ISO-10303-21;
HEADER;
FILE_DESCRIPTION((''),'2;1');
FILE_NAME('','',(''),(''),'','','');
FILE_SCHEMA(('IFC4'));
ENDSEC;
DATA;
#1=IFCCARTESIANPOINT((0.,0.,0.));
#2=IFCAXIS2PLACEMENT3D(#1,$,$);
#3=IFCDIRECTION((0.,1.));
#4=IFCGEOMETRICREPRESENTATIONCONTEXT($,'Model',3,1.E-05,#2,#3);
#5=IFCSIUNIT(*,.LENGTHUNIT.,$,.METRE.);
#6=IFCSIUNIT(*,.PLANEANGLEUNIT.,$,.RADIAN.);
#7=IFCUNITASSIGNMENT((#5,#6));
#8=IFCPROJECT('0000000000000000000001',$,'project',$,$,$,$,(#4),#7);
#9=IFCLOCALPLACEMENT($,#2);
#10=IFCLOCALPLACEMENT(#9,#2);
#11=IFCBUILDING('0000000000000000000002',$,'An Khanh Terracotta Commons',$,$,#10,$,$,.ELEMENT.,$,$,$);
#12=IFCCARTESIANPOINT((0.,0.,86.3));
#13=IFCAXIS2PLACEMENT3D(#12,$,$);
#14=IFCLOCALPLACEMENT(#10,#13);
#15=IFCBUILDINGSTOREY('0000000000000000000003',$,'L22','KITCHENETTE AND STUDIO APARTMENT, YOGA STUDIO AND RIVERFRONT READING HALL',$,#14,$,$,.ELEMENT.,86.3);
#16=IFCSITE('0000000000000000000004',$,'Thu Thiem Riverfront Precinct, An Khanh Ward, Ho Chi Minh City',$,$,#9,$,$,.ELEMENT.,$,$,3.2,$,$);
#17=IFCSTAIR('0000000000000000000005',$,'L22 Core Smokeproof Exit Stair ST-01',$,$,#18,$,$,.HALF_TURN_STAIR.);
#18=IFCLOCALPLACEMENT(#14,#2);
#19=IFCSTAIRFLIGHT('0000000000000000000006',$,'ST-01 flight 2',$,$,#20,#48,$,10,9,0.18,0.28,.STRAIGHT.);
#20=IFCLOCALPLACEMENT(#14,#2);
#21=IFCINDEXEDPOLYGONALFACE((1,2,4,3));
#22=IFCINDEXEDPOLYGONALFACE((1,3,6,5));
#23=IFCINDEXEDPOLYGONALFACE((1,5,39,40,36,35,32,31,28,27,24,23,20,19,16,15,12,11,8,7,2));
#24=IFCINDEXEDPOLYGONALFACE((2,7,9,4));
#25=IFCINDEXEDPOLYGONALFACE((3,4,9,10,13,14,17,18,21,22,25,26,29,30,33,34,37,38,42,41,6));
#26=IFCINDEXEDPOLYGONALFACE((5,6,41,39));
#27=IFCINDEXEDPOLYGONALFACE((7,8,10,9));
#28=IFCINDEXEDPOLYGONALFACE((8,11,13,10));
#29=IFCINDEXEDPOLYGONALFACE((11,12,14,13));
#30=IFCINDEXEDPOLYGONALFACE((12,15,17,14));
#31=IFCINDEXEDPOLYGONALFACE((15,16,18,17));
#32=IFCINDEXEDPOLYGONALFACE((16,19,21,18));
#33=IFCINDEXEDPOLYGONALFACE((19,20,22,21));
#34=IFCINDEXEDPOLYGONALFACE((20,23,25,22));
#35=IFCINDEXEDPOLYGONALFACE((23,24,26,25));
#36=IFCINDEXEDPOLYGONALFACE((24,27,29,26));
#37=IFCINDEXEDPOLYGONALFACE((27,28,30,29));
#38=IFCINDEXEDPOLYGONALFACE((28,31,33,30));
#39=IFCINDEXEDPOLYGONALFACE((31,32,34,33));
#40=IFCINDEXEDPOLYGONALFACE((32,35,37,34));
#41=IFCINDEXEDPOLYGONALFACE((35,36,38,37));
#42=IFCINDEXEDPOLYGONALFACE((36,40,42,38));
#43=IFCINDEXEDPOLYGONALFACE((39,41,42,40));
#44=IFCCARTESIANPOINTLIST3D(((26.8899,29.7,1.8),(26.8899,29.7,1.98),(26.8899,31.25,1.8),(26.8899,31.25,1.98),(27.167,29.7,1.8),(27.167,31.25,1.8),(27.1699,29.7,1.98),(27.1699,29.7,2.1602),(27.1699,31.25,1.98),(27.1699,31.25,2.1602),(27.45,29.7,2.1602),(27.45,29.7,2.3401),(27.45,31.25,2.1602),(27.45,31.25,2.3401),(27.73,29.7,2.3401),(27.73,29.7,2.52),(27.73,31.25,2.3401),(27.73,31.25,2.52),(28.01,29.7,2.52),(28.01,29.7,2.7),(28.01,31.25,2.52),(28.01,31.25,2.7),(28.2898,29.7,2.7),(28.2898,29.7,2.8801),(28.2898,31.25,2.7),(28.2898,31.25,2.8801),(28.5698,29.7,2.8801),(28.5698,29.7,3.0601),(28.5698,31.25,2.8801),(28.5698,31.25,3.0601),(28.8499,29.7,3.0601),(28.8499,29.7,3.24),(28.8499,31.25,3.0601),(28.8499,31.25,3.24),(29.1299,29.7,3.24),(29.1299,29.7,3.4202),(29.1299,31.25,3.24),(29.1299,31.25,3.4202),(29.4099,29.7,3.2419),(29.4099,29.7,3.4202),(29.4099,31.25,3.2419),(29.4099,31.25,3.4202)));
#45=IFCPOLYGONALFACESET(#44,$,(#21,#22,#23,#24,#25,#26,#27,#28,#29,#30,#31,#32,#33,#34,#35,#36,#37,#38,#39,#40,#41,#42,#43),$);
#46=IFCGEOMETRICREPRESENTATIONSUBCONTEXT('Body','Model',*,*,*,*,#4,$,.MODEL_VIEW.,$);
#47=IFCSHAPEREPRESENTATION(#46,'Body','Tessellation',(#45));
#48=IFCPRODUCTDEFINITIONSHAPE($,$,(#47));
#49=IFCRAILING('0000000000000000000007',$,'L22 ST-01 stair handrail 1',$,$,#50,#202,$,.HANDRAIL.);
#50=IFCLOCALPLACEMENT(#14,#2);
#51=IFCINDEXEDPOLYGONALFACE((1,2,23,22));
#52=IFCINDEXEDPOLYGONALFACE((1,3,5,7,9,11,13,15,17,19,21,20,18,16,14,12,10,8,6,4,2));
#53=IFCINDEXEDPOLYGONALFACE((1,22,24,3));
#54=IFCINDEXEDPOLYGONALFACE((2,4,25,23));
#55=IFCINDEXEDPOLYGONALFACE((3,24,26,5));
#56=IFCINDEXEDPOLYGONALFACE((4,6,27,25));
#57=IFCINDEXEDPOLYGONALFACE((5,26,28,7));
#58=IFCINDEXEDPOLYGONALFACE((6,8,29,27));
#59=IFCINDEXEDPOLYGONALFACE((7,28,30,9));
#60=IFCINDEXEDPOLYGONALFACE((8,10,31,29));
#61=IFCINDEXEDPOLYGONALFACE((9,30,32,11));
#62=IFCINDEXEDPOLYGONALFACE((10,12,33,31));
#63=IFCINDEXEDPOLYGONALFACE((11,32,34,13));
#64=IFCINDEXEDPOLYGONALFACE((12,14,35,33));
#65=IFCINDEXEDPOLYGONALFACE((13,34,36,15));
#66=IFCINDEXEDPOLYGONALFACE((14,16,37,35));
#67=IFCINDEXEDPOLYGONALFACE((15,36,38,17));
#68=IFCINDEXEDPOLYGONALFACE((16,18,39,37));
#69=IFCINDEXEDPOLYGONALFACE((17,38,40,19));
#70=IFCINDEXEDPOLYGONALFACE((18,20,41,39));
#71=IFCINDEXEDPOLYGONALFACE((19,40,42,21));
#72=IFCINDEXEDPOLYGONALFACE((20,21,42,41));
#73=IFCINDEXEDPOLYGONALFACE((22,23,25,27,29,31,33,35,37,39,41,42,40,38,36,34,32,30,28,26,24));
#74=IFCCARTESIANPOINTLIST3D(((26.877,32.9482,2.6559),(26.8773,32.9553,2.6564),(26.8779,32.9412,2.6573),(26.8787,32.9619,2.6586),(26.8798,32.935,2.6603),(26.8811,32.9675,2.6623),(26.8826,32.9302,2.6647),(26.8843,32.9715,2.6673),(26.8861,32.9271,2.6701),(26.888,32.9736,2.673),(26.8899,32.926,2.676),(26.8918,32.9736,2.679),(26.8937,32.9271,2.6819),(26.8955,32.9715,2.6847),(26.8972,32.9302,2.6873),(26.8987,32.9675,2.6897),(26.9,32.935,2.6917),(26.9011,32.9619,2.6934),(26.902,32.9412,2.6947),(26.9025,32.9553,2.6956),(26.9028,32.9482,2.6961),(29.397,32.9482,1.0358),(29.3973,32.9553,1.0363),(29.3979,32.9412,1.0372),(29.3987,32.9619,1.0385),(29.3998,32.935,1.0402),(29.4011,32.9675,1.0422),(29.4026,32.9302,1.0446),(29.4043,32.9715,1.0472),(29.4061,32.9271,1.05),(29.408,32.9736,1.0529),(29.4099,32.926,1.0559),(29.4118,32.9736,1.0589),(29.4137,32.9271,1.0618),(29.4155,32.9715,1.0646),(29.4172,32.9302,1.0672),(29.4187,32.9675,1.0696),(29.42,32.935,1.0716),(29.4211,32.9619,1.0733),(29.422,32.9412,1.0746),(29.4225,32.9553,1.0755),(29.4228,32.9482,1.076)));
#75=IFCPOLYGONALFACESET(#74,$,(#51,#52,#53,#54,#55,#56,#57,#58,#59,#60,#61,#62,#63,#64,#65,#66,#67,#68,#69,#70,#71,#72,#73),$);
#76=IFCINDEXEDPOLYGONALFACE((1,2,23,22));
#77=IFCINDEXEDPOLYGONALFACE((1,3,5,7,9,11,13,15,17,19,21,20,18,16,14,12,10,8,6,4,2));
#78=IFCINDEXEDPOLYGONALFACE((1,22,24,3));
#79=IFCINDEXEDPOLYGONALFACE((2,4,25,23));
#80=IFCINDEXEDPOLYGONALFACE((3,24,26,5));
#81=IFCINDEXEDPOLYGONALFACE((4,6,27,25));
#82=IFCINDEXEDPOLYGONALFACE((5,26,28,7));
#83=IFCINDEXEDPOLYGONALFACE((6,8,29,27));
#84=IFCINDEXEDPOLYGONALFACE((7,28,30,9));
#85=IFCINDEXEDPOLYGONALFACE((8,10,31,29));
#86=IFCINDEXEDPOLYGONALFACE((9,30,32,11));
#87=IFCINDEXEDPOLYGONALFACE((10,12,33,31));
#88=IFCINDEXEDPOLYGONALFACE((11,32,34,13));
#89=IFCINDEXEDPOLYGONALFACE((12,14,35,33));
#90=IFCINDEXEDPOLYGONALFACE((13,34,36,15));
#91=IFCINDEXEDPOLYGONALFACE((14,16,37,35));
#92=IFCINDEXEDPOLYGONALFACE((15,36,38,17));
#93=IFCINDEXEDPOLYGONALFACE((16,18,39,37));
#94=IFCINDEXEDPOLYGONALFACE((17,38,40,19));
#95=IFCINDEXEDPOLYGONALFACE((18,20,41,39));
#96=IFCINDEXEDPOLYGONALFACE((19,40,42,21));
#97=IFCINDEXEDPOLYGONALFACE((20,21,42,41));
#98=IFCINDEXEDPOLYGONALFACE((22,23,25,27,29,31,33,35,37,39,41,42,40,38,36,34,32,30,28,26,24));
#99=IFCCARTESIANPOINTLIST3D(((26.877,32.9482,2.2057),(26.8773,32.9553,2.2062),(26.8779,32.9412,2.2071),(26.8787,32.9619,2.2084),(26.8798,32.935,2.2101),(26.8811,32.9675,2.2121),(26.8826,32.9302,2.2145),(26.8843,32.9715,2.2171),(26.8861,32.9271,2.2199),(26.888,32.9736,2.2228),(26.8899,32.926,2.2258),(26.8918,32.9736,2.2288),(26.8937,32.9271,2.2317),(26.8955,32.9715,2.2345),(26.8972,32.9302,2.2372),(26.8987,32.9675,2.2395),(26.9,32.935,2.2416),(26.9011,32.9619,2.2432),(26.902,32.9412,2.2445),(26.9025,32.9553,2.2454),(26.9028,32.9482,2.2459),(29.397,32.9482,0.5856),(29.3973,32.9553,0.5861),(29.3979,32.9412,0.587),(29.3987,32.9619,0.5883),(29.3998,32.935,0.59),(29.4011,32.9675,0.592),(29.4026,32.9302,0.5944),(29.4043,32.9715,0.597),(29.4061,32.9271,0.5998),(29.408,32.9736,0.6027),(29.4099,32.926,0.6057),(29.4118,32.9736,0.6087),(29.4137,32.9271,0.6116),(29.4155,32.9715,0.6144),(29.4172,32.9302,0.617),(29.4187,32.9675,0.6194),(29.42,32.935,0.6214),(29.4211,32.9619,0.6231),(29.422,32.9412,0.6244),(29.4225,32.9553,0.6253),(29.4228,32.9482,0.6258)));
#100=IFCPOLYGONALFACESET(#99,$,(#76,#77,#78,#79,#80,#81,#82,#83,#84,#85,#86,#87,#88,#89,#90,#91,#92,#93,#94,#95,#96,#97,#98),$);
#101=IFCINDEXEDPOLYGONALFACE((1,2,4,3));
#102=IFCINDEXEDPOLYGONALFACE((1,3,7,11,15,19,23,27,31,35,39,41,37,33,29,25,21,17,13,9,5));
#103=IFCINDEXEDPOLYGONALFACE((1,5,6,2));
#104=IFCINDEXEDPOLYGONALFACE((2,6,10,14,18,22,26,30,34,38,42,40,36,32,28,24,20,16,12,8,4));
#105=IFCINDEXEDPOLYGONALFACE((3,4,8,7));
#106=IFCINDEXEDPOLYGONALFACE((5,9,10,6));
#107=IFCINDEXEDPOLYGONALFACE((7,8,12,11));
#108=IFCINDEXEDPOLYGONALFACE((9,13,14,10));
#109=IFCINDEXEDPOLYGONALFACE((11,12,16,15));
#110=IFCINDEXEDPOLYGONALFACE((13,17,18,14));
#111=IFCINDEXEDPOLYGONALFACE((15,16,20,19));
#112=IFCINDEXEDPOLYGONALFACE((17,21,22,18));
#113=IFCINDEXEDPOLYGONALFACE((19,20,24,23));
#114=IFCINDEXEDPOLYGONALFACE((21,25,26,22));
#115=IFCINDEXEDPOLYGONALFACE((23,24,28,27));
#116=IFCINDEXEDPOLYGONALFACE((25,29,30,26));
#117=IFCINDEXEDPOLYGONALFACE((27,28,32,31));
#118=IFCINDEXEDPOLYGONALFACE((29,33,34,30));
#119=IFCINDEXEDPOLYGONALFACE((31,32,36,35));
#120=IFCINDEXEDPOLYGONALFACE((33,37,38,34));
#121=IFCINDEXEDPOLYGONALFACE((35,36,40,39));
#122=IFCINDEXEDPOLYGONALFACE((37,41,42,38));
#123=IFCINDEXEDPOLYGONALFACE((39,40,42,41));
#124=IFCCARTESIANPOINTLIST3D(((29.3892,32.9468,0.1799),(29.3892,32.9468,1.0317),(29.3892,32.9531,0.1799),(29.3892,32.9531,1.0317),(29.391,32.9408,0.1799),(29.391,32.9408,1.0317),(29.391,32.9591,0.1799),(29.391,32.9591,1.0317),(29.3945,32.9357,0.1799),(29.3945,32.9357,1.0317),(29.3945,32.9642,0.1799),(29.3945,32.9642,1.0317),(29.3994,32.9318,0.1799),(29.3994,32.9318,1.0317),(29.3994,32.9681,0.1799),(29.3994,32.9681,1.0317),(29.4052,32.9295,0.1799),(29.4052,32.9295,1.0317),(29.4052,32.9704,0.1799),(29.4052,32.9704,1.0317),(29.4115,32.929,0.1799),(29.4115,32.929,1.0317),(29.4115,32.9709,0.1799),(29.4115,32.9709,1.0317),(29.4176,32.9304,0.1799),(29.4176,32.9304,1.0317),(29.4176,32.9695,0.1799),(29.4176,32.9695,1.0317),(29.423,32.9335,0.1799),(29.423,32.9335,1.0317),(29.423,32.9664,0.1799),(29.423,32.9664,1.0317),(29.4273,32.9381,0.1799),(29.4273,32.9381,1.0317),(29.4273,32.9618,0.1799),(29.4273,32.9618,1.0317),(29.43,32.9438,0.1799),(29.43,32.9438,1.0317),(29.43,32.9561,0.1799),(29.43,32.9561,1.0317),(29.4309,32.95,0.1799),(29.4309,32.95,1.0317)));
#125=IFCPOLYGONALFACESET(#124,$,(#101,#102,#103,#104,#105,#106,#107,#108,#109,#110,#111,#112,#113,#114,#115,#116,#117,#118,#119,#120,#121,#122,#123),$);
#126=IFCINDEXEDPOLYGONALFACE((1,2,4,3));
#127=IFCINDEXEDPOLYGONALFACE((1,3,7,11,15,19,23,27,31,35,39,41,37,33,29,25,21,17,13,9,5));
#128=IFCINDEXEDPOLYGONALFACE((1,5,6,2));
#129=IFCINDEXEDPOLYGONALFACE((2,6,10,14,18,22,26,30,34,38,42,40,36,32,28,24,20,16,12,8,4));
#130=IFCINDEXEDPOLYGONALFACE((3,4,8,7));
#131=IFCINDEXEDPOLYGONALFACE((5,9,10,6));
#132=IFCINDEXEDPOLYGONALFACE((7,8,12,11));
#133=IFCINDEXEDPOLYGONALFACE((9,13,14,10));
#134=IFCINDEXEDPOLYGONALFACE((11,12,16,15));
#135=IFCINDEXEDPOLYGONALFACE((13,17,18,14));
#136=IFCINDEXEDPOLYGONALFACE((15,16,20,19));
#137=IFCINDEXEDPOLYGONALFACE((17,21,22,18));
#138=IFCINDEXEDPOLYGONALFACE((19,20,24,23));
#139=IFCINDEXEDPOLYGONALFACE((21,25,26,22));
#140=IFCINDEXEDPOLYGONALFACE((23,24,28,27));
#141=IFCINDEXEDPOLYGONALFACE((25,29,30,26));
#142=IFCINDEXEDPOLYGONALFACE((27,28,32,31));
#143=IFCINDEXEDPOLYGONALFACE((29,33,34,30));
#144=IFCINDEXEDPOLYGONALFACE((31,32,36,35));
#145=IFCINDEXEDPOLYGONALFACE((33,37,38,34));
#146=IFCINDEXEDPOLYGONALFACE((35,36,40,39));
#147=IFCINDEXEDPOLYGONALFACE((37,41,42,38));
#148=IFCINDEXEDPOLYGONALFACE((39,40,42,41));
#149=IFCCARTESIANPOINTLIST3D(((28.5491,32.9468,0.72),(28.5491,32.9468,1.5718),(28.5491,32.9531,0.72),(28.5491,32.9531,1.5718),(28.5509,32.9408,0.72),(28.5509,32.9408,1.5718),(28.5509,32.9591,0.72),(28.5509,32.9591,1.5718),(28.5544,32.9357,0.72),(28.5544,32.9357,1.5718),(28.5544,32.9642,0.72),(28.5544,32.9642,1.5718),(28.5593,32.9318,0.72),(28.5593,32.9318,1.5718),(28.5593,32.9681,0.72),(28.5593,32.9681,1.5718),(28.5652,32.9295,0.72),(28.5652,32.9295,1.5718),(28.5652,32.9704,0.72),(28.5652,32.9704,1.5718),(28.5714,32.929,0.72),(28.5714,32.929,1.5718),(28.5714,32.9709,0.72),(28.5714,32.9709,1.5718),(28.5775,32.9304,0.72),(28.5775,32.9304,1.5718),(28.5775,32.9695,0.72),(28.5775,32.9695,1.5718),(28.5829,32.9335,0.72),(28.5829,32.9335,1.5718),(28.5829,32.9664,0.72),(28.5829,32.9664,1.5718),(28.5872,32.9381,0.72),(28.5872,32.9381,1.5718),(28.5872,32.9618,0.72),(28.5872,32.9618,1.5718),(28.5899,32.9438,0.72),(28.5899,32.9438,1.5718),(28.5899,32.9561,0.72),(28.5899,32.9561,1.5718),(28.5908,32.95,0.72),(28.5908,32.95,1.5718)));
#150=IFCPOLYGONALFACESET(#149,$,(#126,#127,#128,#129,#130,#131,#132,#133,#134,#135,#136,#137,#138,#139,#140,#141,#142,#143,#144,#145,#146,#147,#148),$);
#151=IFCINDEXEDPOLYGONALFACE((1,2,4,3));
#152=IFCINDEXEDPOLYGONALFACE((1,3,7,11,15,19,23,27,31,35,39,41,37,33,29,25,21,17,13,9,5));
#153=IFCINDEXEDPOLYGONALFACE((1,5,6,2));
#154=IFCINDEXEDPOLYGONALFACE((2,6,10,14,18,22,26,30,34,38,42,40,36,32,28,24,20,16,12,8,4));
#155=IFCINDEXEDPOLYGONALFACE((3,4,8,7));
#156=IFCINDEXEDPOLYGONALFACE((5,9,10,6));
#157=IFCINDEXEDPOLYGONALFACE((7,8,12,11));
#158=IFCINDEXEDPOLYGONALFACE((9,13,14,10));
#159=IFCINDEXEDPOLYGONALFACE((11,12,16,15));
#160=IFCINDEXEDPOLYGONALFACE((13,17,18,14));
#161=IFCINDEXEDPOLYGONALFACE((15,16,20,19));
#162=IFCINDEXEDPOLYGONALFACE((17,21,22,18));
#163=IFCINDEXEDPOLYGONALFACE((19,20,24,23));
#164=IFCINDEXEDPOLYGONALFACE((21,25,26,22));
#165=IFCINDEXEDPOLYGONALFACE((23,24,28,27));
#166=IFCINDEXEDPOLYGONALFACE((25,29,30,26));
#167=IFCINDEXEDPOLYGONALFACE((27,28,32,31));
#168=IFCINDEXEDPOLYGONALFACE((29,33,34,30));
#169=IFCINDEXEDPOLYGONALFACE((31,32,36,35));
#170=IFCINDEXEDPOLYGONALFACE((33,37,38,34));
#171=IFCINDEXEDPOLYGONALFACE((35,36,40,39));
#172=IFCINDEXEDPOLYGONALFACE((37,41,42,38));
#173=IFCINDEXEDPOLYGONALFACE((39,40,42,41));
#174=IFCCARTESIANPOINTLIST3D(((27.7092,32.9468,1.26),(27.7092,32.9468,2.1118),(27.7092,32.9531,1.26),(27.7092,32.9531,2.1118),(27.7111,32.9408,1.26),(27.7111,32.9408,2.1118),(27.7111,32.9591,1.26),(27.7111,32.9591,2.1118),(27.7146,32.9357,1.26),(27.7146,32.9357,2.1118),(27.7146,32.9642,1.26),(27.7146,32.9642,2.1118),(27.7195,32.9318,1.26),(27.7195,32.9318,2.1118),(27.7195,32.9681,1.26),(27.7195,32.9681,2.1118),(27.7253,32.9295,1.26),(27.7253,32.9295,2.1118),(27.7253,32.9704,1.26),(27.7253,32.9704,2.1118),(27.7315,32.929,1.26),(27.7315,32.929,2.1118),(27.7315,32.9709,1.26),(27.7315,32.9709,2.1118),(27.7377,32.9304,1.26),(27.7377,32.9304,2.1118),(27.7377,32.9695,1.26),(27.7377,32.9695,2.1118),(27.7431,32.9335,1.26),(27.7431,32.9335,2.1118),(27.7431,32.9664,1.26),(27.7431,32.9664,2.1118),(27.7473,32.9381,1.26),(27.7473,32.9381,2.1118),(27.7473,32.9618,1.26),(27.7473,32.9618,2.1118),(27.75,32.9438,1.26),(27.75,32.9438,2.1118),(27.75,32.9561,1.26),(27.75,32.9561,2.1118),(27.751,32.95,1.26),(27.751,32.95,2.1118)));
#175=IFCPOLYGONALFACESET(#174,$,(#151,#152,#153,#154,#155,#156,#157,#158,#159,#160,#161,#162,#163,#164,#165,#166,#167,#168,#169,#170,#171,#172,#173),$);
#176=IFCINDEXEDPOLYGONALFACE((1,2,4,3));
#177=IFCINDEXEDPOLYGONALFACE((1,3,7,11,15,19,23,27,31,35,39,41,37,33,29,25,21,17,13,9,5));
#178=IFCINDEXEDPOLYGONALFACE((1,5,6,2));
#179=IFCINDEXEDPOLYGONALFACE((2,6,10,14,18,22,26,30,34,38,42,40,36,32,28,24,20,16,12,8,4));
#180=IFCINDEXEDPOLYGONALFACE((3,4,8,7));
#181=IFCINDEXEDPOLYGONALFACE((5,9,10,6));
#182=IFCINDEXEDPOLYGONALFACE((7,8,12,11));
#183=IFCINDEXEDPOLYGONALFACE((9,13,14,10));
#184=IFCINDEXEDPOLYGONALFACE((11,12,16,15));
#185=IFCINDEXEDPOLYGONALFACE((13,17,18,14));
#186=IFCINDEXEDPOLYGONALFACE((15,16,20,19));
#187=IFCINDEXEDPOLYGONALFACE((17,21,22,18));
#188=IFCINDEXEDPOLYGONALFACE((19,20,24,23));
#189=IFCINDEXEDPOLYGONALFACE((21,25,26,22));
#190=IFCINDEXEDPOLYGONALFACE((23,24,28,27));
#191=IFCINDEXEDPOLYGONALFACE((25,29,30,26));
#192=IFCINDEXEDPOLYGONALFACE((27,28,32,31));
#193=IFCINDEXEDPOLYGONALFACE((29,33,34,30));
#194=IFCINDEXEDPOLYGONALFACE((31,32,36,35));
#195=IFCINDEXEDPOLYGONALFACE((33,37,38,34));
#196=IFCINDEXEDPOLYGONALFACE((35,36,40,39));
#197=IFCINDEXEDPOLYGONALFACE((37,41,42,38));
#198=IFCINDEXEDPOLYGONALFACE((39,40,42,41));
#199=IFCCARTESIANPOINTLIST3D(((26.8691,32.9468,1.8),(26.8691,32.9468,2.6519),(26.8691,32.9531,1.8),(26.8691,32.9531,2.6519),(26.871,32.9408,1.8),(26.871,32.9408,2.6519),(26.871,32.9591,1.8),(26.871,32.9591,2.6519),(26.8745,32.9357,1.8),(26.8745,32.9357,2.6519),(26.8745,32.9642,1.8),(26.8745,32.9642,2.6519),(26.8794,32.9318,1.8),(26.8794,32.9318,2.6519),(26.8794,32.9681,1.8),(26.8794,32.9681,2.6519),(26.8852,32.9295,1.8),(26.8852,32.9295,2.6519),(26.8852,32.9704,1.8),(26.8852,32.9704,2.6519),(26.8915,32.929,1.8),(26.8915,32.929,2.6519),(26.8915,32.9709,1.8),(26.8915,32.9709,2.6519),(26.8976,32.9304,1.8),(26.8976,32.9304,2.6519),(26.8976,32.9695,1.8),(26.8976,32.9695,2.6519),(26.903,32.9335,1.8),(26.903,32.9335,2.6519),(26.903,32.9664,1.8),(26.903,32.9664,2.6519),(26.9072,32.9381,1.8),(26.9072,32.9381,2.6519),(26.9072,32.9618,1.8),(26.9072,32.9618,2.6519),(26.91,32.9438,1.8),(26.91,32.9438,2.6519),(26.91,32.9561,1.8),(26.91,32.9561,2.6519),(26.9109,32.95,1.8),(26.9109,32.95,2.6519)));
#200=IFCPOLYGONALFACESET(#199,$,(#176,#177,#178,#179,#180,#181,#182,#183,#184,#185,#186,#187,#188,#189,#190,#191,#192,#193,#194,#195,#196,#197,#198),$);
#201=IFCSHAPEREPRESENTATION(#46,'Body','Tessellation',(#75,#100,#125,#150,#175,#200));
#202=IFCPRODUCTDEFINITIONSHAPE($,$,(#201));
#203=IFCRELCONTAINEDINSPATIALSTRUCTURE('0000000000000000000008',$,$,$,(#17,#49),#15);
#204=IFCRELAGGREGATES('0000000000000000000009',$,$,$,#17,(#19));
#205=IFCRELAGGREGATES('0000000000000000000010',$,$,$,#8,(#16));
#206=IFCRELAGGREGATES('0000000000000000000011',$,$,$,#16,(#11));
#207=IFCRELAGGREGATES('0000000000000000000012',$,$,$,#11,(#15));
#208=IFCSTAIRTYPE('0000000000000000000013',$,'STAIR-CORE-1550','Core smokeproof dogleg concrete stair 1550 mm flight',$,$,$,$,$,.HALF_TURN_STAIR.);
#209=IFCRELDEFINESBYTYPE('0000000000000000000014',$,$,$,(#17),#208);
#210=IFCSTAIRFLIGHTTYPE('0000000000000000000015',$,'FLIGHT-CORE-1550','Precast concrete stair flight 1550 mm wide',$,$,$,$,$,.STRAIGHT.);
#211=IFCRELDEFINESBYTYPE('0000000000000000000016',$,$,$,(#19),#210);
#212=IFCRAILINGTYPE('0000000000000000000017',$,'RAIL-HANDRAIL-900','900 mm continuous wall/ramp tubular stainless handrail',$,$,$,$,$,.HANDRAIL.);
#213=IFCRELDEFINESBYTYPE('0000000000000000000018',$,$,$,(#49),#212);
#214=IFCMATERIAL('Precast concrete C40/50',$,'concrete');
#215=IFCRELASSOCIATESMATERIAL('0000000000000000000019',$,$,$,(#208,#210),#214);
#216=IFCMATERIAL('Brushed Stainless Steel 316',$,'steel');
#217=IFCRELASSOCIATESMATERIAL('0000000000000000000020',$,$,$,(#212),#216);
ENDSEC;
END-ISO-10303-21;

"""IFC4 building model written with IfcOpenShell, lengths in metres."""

from ifc_helpers import new_model, si_unit, direction, frame, origin, origin_2d, place, context, subcontext, project, spatial, polyline, circle, outline, extrude, material, type_object, element, aggregate, save


model = new_model("IFC4")

# Units and contexts
model_context = context("Model", 3, precision=1e-05, world=origin(), true_north=direction((0.0, 1.0)))
body_context = subcontext(model_context, "Body", "Model", "MODEL_VIEW")
ifc_project = project(units=[si_unit("LENGTHUNIT", "METRE"), si_unit("PLANEANGLEUNIT", "RADIAN")], contexts=[model_context])

# Site, building, storey
site_placement = place(None, origin())
site = spatial("IfcSite", under=ifc_project, at=site_placement, Name="Thu Thiem Riverfront Precinct, An Khanh Ward, Ho Chi Minh City", CompositionType="ELEMENT", RefElevation=3.2)
building_placement = place(site_placement, origin())
building = spatial("IfcBuilding", under=site, at=building_placement, Name="An Khanh Terracotta Commons", CompositionType="ELEMENT")
storey_placement = place(building_placement, frame((0.0, 0.0, 86.3)))
storey = spatial("IfcBuildingStorey", under=building, at=storey_placement, Name="L22", Description="KITCHENETTE AND STUDIO APARTMENT, YOGA STUDIO AND RIVERFRONT READING HALL", CompositionType="ELEMENT", Elevation=86.3)

# Stair, stair flight
ifc_material_1 = material(Name="Precast concrete C40/50", Category="concrete")
stair_type = type_object("IfcStairType", Name="STAIR-CORE-1550", Description="Core smokeproof dogleg concrete stair 1550 mm flight", PredefinedType="HALF_TURN_STAIR", material=ifc_material_1)
stair_placement = place(storey_placement, origin())
stair = element("IfcStair", 1, at=stair_placement, inside=storey, type_object=stair_type, Name="L22 Core Smokeproof Exit Stair ST-01", PredefinedType="HALF_TURN_STAIR")
stair_flight_type = type_object("IfcStairFlightType", Name="FLIGHT-CORE-1550", Description="Precast concrete stair flight 1550 mm wide", PredefinedType="STRAIGHT", material=ifc_material_1)
stair_flight_1_placement = place(storey_placement, frame((26.8899, 30.4751, 1.8), z_axis=(0.0, 0.0, 1.0), x_axis=(1.0, 0.0, 0.0)))
stair_flight_1 = element("IfcStairFlight", 2, at=stair_flight_1_placement, type_object=stair_flight_type, Name="ST-01 flight 2", NumberOfRisers=10, NumberOfTreads=9, PredefinedType="STRAIGHT", RiserHeight=0.18, TreadLength=0.28, context=body_context, shape_type="SweptSolid", body=[
    extrude(outline(polyline([(0.0, 0.0), (0.0, 0.1799), (0.28, 0.1799), (0.28, 0.3601), (0.5601, 0.3601), (0.5601, 0.54), (0.8401, 0.54), (0.8401, 0.72), (1.1201, 0.72), (1.1201, 0.8999), (1.3999, 0.8999), (1.3999, 1.0801), (1.6799, 1.0801), (1.6799, 1.26), (1.96, 1.26), (1.96, 1.4399), (2.24, 1.4399), (2.24, 1.6201), (2.52, 1.6201), (2.52, 1.8), (2.52, 1.4419), (0.2771, 0.0), (0.0, 0.0)])), frame((0.0, 0.7749, 0.0), z_axis=(0.0, -1.0, 0.0), x_axis=(1.0, 0.0, 0.0)), (0.0, 0.0, 1.0), 1.55),
])
aggregate(stair, [stair_flight_1])

# Railing
ifc_material_2 = material(Name="Brushed Stainless Steel 316", Category="steel")
railing_type_1 = type_object("IfcRailingType", Name="RAIL-HANDRAIL-900", Description="900 mm continuous wall/ramp tubular stainless handrail", PredefinedType="HANDRAIL", material=ifc_material_2)
railing_1_placement = place(storey_placement, frame((29.4099, 32.95, 0.1799)))
element("IfcRailing", 3, at=railing_1_placement, inside=storey, type_object=railing_type_1, Name="L22 ST-01 stair handrail 1", PredefinedType="HANDRAIL", context=body_context, shape_type="SweptSolid", body=[
    extrude(circle(Radius=0.0239, at=origin_2d()), frame((0.0, 0.0, 0.876), z_axis=(-0.841163, 0.0, 0.540782), x_axis=(0.0, -1.0, 0.0)), (0.0, 0.0, 1.0), 2.9958),
    extrude(circle(Radius=0.0239, at=origin_2d()), frame((0.0, 0.0, 0.4258), z_axis=(-0.841163, 0.0, 0.540782), x_axis=(0.0, -1.0, 0.0)), (0.0, 0.0, 1.0), 2.9958),
    extrude(circle(Radius=0.021, at=origin_2d()), origin(), (0.0, 0.0, 1.0), 0.8518),
    extrude(circle(Radius=0.021, at=origin_2d()), frame((-0.8401, 0.0, 0.54)), (0.0, 0.0, 1.0), 0.8518),
    extrude(circle(Radius=0.021, at=origin_2d()), frame((-1.6799, 0.0, 1.0801)), (0.0, 0.0, 1.0), 0.8518),
    extrude(circle(Radius=0.021, at=origin_2d()), frame((-2.52, 0.0, 1.6201)), (0.0, 0.0, 1.0), 0.8518),
])

save(model, "model.ifc")
